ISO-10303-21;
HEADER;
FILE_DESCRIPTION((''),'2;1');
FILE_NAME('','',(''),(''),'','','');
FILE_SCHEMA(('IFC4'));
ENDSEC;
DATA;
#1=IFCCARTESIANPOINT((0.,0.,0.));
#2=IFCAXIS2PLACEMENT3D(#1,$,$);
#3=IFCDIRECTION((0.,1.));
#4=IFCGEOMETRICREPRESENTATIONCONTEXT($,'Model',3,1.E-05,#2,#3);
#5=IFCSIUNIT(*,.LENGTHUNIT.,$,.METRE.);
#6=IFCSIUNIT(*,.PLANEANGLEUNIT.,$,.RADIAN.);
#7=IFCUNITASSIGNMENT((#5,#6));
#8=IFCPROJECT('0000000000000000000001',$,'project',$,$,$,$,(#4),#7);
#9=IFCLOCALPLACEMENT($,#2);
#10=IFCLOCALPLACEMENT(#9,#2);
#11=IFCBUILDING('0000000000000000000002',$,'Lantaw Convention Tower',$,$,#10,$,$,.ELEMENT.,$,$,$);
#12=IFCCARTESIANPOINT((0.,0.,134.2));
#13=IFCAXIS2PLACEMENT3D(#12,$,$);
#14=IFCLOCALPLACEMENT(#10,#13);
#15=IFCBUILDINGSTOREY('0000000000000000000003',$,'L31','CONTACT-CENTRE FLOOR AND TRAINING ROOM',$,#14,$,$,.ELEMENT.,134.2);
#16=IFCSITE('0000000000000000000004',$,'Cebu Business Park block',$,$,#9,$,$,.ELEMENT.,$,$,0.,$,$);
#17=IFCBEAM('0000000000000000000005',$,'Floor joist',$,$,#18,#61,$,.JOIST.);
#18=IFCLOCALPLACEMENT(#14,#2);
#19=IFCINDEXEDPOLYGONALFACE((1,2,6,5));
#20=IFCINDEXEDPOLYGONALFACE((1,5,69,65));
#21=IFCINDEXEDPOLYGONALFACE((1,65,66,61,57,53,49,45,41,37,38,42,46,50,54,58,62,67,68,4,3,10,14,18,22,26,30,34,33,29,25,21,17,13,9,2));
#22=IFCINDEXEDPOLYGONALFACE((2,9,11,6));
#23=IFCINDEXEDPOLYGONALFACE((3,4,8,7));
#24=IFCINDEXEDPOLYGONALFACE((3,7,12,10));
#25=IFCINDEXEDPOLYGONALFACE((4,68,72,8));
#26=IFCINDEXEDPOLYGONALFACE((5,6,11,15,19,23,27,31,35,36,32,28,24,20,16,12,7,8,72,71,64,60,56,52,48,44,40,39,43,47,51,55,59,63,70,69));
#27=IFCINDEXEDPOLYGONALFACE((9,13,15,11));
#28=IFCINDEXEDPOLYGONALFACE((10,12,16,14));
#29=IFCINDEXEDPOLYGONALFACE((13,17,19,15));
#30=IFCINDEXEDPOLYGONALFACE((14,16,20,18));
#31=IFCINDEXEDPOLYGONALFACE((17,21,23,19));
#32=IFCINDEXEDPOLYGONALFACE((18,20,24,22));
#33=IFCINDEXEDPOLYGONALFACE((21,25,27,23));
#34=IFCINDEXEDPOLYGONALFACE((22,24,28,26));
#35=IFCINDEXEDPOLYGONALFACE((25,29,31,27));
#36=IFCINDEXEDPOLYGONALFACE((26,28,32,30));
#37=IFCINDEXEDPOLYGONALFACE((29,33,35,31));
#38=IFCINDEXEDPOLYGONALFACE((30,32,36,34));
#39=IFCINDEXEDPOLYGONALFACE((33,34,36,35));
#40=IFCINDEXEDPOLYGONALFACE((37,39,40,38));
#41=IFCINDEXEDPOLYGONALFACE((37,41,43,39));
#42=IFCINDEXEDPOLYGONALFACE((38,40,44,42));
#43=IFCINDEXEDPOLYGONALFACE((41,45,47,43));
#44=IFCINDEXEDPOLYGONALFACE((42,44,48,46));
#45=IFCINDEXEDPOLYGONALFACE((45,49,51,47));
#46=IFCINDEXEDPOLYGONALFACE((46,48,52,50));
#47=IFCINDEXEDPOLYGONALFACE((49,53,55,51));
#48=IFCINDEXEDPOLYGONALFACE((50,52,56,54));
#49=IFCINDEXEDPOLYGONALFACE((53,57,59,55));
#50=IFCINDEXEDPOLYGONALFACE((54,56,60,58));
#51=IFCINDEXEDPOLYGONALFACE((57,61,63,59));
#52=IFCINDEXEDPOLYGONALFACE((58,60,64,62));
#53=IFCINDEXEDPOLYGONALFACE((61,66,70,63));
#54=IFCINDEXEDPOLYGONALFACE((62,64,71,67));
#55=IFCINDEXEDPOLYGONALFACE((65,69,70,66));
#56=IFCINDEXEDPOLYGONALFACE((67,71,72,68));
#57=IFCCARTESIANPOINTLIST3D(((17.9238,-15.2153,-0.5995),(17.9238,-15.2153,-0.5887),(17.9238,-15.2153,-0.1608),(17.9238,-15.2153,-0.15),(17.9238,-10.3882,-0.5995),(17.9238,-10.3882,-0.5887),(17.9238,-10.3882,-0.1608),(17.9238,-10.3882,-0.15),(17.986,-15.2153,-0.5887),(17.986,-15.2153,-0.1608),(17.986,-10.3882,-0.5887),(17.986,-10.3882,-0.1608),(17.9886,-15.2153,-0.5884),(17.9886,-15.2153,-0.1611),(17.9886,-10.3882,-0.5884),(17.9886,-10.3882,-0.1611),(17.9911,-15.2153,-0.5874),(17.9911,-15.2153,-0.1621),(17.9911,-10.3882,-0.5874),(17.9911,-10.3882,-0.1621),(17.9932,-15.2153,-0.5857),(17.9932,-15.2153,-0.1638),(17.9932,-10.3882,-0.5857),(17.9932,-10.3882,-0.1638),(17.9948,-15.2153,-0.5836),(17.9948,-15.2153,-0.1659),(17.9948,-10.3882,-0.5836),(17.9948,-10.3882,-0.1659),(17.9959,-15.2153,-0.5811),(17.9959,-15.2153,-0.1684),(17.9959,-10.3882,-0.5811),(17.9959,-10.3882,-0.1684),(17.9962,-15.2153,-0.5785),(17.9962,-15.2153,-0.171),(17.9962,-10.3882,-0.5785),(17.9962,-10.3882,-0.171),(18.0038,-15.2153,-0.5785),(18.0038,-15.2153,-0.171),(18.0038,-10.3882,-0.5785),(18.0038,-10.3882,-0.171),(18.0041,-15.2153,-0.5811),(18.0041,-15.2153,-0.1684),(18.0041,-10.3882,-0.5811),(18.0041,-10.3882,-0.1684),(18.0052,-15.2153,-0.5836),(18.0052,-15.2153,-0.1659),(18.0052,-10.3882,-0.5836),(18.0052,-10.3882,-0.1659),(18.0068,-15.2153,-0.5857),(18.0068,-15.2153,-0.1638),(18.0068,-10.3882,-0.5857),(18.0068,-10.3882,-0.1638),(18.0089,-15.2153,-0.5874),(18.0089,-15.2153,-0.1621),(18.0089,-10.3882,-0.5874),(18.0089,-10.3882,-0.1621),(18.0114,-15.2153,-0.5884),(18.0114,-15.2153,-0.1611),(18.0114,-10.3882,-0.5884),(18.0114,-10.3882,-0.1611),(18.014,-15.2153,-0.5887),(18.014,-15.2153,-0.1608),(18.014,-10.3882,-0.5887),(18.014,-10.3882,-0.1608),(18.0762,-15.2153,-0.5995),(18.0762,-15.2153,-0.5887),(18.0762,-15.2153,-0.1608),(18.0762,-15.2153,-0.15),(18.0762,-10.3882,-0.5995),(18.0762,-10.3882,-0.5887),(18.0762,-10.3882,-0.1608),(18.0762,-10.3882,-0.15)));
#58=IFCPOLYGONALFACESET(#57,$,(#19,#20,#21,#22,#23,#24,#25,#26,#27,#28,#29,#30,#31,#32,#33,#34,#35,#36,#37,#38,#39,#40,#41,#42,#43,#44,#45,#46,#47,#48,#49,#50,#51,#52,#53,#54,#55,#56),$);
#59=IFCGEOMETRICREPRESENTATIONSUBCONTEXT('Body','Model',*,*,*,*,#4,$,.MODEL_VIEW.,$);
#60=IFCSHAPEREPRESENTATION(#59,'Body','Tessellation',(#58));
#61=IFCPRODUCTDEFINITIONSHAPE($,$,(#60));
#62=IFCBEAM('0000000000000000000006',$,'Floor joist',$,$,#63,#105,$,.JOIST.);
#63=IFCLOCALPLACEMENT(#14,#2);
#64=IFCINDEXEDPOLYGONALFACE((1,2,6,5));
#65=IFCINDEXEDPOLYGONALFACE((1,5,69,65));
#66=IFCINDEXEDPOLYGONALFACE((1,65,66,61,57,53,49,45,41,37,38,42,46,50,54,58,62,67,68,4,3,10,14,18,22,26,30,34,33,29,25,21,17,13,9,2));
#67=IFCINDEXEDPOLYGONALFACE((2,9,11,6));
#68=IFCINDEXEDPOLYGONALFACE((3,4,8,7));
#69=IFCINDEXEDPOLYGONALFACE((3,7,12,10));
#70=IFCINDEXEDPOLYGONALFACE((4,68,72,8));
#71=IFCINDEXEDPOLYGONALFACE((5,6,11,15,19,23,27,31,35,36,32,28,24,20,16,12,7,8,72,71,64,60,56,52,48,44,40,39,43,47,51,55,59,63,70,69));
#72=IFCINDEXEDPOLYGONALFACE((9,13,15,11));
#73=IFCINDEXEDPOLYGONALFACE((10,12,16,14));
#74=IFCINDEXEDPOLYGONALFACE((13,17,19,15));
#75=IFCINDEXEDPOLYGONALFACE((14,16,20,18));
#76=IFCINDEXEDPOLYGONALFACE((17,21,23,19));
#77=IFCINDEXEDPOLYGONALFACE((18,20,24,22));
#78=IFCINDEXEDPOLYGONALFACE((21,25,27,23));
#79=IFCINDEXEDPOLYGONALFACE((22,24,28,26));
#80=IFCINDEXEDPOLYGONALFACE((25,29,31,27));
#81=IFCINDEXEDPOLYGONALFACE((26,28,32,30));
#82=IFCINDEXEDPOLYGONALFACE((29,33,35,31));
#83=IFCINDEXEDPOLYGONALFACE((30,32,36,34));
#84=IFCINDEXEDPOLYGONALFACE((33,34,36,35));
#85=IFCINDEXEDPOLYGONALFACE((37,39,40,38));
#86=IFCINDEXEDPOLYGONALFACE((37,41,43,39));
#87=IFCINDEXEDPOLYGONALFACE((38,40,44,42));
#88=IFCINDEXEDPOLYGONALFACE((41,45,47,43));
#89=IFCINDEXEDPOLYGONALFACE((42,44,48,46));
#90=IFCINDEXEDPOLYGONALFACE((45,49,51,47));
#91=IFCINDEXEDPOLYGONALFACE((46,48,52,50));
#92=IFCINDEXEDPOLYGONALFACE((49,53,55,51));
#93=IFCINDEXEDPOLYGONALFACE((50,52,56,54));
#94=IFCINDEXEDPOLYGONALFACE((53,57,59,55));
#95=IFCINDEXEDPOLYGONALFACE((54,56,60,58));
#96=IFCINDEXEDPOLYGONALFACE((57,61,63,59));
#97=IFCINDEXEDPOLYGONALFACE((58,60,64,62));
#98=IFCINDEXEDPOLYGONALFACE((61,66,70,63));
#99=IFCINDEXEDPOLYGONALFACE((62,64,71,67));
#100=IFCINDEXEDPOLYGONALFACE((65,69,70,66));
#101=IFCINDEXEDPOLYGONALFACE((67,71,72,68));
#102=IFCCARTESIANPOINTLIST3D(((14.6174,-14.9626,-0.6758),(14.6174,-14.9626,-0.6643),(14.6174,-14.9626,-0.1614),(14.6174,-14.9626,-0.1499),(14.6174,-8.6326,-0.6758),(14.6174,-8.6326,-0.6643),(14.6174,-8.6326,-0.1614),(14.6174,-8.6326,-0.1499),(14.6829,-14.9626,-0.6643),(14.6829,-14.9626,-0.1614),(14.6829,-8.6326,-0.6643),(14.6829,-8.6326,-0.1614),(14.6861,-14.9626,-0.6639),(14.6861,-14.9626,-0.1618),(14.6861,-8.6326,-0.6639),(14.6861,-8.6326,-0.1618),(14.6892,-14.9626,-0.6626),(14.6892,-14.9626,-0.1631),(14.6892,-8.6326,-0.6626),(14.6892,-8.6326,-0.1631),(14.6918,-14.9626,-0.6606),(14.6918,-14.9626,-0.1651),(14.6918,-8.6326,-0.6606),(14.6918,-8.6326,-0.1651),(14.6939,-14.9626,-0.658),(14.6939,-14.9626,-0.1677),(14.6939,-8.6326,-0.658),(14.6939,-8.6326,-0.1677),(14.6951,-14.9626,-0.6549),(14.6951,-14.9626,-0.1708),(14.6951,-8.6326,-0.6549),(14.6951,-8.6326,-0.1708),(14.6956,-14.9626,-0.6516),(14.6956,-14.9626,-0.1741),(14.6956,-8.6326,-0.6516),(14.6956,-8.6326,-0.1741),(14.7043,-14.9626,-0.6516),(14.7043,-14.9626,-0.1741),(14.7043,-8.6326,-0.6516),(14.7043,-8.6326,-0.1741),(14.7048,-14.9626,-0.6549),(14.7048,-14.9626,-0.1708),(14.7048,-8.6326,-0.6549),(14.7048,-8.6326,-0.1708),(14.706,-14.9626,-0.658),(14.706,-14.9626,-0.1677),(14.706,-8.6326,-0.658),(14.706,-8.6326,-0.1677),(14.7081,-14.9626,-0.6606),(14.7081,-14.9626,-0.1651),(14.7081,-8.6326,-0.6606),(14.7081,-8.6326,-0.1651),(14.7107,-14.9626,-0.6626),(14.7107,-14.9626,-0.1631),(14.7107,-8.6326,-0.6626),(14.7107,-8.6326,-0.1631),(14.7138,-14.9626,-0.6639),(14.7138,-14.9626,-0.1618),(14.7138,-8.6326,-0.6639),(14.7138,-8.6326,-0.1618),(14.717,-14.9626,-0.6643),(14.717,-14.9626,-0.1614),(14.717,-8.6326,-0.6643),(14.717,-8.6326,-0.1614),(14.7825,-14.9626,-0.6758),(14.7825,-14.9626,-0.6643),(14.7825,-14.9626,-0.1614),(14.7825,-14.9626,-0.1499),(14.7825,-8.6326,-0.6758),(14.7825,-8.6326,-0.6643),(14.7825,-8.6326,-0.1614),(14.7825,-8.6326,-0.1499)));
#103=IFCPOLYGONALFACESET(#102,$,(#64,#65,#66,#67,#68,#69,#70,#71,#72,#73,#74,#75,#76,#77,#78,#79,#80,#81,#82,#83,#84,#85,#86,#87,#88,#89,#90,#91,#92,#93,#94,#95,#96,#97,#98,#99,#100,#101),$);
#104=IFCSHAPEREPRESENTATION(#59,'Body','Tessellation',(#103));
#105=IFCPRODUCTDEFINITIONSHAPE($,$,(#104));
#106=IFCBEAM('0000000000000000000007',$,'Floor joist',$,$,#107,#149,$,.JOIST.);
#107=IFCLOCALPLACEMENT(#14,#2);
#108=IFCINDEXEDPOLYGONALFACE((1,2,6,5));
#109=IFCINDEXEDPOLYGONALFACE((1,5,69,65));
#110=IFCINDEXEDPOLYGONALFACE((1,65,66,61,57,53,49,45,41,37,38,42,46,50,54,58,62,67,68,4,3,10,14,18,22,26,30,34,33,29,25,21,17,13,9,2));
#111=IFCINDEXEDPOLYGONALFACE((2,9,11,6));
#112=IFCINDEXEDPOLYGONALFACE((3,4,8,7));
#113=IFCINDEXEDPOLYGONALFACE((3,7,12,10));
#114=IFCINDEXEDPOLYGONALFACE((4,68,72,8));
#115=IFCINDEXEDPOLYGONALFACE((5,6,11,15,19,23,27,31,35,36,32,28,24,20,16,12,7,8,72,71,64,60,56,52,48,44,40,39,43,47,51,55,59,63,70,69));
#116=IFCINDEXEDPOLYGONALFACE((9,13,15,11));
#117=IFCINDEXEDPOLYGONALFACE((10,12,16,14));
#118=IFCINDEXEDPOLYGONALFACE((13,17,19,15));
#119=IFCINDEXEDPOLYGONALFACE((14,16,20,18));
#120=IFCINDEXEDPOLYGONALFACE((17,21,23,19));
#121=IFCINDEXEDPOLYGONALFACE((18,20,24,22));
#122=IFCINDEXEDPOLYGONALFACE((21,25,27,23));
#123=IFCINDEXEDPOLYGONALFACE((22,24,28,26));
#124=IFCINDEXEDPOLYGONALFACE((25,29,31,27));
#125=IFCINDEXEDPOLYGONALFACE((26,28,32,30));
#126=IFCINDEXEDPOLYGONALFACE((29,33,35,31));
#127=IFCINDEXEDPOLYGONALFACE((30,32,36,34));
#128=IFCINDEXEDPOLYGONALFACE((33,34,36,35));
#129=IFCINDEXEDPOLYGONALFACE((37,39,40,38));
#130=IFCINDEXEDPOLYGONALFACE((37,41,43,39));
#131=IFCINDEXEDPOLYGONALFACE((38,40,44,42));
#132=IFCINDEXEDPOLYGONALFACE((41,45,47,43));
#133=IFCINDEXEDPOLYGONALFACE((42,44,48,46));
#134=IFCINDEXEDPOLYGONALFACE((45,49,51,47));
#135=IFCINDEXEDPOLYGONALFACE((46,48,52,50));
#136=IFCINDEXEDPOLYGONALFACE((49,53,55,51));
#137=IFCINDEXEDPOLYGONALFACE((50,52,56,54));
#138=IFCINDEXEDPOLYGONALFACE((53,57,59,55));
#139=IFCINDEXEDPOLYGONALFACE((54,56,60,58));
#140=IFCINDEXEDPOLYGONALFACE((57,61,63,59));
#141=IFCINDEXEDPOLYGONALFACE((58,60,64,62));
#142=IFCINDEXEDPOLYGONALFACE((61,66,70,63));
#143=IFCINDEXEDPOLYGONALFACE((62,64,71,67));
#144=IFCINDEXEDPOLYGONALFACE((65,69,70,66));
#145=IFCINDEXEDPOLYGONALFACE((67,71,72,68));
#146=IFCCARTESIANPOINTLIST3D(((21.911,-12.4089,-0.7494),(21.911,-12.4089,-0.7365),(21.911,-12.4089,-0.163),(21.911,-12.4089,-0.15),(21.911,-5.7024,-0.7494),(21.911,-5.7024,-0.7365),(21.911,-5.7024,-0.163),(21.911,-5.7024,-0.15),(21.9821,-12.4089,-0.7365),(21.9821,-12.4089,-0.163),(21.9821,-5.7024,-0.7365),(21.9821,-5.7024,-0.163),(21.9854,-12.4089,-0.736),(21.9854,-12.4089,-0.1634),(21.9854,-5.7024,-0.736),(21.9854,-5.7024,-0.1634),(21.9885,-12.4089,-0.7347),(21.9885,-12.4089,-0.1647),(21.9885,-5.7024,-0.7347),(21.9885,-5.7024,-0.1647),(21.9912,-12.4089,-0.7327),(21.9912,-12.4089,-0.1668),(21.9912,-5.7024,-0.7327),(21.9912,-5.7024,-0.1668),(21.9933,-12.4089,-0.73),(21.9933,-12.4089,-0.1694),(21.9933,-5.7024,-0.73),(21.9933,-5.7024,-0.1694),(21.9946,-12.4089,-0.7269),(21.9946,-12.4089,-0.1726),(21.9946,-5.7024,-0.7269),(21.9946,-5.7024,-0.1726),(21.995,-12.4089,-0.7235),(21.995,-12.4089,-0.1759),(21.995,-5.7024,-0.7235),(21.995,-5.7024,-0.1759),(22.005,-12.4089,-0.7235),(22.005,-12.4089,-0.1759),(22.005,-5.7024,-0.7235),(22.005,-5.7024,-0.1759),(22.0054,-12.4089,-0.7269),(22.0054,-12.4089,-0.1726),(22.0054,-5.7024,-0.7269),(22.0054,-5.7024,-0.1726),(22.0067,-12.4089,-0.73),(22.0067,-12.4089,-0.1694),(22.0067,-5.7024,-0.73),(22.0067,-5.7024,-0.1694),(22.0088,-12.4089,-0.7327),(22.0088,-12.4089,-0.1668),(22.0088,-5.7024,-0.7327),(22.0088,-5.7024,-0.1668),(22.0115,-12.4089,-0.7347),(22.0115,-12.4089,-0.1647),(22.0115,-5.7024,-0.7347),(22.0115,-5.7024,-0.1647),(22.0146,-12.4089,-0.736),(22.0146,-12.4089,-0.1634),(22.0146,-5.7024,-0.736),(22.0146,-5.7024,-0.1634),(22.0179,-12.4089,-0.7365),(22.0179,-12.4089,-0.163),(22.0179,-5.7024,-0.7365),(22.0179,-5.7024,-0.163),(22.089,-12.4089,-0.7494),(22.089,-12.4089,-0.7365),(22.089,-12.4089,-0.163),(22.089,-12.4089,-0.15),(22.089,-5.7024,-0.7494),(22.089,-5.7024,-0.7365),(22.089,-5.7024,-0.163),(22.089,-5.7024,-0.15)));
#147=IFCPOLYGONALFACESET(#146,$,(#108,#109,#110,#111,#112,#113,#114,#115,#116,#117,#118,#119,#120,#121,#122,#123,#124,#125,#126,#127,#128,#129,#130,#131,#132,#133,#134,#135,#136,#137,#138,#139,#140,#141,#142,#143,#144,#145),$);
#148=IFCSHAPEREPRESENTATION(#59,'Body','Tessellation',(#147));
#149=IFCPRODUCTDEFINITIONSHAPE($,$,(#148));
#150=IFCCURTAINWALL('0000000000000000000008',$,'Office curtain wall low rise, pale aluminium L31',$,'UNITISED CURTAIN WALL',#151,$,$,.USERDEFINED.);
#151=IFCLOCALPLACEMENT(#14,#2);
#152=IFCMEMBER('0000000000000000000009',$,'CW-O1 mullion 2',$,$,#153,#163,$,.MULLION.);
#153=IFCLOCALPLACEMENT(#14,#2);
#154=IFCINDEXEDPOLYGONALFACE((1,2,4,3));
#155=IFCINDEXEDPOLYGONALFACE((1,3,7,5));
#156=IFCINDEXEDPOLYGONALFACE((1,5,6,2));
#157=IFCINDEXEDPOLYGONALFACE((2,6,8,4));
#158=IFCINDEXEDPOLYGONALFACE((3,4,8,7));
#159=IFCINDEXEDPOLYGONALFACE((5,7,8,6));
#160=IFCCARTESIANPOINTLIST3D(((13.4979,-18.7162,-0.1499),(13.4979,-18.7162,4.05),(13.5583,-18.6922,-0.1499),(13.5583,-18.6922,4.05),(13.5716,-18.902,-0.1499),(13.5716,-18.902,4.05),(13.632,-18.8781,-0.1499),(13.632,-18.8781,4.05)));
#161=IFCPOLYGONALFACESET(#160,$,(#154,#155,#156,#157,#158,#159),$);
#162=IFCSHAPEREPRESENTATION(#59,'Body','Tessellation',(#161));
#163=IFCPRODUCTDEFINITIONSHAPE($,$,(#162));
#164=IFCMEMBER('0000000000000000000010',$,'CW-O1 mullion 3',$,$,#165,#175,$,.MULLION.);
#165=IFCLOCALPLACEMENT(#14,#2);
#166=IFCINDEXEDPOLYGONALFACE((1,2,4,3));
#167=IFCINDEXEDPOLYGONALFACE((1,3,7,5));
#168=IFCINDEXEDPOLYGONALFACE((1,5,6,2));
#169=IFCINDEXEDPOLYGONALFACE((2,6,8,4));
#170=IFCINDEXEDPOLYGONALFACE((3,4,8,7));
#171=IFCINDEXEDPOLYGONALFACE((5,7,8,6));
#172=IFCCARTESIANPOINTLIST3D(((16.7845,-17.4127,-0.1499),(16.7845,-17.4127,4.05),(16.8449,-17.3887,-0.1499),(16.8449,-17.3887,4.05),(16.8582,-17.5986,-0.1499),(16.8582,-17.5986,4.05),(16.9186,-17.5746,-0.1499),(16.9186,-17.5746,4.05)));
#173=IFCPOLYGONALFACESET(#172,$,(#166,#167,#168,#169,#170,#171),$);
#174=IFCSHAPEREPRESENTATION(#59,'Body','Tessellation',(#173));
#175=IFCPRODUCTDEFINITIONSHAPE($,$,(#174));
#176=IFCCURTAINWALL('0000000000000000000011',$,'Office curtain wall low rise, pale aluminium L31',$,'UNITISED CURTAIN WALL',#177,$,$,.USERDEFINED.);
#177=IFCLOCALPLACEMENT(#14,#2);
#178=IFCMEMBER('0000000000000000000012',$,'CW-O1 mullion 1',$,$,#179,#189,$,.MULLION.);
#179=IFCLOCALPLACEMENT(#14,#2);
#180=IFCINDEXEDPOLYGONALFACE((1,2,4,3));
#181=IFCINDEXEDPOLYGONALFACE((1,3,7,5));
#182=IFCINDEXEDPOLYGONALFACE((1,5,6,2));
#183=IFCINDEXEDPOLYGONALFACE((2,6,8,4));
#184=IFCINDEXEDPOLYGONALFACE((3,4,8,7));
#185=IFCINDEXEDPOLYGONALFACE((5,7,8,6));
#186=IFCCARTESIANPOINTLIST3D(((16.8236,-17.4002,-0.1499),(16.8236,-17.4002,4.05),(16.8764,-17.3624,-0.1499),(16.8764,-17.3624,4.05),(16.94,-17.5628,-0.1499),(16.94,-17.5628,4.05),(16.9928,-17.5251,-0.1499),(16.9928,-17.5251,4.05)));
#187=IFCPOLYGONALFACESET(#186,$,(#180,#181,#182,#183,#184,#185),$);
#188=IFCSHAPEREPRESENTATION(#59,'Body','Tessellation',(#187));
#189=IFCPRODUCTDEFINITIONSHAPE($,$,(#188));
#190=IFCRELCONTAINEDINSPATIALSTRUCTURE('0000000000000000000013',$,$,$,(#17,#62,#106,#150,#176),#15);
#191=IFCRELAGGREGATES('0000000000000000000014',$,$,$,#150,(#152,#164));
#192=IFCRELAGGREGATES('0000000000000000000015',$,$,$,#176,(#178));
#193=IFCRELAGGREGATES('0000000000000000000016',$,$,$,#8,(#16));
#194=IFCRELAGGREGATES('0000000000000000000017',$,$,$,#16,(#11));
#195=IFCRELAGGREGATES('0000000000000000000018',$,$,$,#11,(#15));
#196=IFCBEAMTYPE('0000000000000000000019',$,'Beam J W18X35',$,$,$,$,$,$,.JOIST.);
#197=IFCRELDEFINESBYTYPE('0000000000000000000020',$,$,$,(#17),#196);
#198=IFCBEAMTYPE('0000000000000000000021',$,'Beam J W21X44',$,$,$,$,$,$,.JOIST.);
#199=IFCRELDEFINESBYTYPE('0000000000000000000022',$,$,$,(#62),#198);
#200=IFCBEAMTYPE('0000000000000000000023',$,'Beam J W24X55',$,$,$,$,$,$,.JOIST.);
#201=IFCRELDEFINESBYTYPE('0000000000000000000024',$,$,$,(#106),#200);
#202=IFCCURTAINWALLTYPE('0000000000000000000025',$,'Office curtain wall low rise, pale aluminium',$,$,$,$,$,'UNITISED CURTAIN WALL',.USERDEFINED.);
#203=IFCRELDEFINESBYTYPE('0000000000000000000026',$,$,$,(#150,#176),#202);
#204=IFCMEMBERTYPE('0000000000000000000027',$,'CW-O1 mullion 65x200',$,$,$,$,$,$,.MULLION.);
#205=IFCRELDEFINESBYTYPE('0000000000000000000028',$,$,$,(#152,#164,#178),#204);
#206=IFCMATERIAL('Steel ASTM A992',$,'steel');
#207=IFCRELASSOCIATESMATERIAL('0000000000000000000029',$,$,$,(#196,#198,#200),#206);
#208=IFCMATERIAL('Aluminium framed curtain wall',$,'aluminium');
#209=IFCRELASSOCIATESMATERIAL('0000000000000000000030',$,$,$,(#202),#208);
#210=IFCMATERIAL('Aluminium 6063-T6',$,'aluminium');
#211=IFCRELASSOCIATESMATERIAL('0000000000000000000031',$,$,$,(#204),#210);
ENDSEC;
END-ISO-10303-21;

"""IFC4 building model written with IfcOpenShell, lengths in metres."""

from ifc_helpers import new_model, si_unit, direction, frame, origin, origin_2d, place, context, subcontext, project, spatial, rectangle, i_section, extrude, material, material_profile, profile_set, type_object, element, aggregate, save


model = new_model("IFC4")

# Units and contexts
model_context = context("Model", 3, precision=1e-05, world=origin(), true_north=direction((0.0, 1.0)))
body_context = subcontext(model_context, "Body", "Model", "MODEL_VIEW")
ifc_project = project(units=[si_unit("LENGTHUNIT", "METRE"), si_unit("PLANEANGLEUNIT", "RADIAN")], contexts=[model_context])

# Site, building, storey
site_placement = place(None, origin())
site = spatial("IfcSite", under=ifc_project, at=site_placement, Name="Cebu Business Park block", CompositionType="ELEMENT", RefElevation=0.0)
building_placement = place(site_placement, origin())
building = spatial("IfcBuilding", under=site, at=building_placement, Name="Lantaw Convention Tower", CompositionType="ELEMENT")
storey_placement = place(building_placement, frame((0.0, 0.0, 134.2)))
storey = spatial("IfcBuildingStorey", under=building, at=storey_placement, Name="L31", Description="CONTACT-CENTRE FLOOR AND TRAINING ROOM", CompositionType="ELEMENT", Elevation=134.2)

# Beams
ifc_material_1 = material(Name="Steel ASTM A992", Category="steel")
ifc_material_profile_1 = material_profile(ifc_material_1, i_section(OverallWidth=0.1523, OverallDepth=0.4495, WebThickness=0.0076, FlangeThickness=0.0107, FilletRadius=0.0103, at=origin_2d()), Name="W18X35")
ifc_profile_set_1 = profile_set([ifc_material_profile_1], Name="Steel ASTM A992")
beam_type_1 = type_object("IfcBeamType", Name="Beam J W18X35", PredefinedType="JOIST", material=ifc_profile_set_1)
beam_1_placement = place(storey_placement, frame((18.0, -15.2153, -0.3748), z_axis=(0.0, 1.0, 0.0), x_axis=(-1.0, 0.0, 0.0)))
element("IfcBeam", 1, at=beam_1_placement, inside=storey, type_object=beam_type_1, Name="Floor joist", PredefinedType="JOIST", context=body_context, shape_type="SweptSolid", body=[
    extrude(i_section(OverallWidth=0.1523, OverallDepth=0.4495, WebThickness=0.0076, FlangeThickness=0.0107, FilletRadius=0.0103, at=origin_2d()), origin(), (0.0, 0.0, 1.0), 4.8271),
])
ifc_material_profile_2 = material_profile(ifc_material_1, i_section(OverallWidth=0.165, OverallDepth=0.5259, WebThickness=0.0088, FlangeThickness=0.0115, FilletRadius=0.0127, at=origin_2d()), Name="W21X44")
ifc_profile_set_2 = profile_set([ifc_material_profile_2], Name="Steel ASTM A992")
beam_type_2 = type_object("IfcBeamType", Name="Beam J W21X44", PredefinedType="JOIST", material=ifc_profile_set_2)
beam_2_placement = place(storey_placement, frame((14.7, -14.9626, -0.4128), z_axis=(0.0, 1.0, 0.0), x_axis=(-1.0, 0.0, 0.0)))
element("IfcBeam", 2, at=beam_2_placement, inside=storey, type_object=beam_type_2, Name="Floor joist", PredefinedType="JOIST", context=body_context, shape_type="SweptSolid", body=[
    extrude(i_section(OverallWidth=0.165, OverallDepth=0.5259, WebThickness=0.0088, FlangeThickness=0.0115, FilletRadius=0.0127, at=origin_2d()), origin(), (0.0, 0.0, 1.0), 6.3301),
])
ifc_material_profile_3 = material_profile(ifc_material_1, i_section(OverallWidth=0.178, OverallDepth=0.5994, WebThickness=0.01, FlangeThickness=0.0129, FilletRadius=0.0129, at=origin_2d()), Name="W24X55")
ifc_profile_set_3 = profile_set([ifc_material_profile_3], Name="Steel ASTM A992")
beam_type_3 = type_object("IfcBeamType", Name="Beam J W24X55", PredefinedType="JOIST", material=ifc_profile_set_3)
beam_3_placement = place(storey_placement, frame((22.0, -12.4089, -0.4497), z_axis=(0.0, 1.0, 0.0), x_axis=(-1.0, 0.0, 0.0)))
element("IfcBeam", 3, at=beam_3_placement, inside=storey, type_object=beam_type_3, Name="Floor joist", PredefinedType="JOIST", context=body_context, shape_type="SweptSolid", body=[
    extrude(i_section(OverallWidth=0.178, OverallDepth=0.5994, WebThickness=0.01, FlangeThickness=0.0129, FilletRadius=0.0129, at=origin_2d()), origin(), (0.0, 0.0, 1.0), 6.7065),
])

# Curtain walls, members
ifc_material_2 = material(Name="Aluminium framed curtain wall", Category="aluminium")
curtain_wall_type = type_object("IfcCurtainWallType", Name="Office curtain wall low rise, pale aluminium", ElementType="UNITISED CURTAIN WALL", PredefinedType="USERDEFINED", material=ifc_material_2)
curtain_wall_1_placement = place(storey_placement, origin())
curtain_wall_1 = element("IfcCurtainWall", 4, at=curtain_wall_1_placement, inside=storey, type_object=curtain_wall_type, Name="Office curtain wall low rise, pale aluminium L31", ObjectType="UNITISED CURTAIN WALL", PredefinedType="USERDEFINED")
ifc_material_3 = material(Name="Aluminium 6063-T6", Category="aluminium")
ifc_material_profile_4 = material_profile(ifc_material_3, rectangle(XDim=0.2, YDim=0.0649, at=origin_2d()), Name="CW-O1 mullion 65x200")
ifc_profile_set_4 = profile_set([ifc_material_profile_4], Name="Aluminium 6063-T6")
member_type_1 = type_object("IfcMemberType", Name="CW-O1 mullion 65x200", PredefinedType="MULLION", material=ifc_profile_set_4)
member_1_placement = place(storey_placement, frame((13.5649, -18.7971, -0.1499), z_axis=(0.0, 0.0, 1.0), x_axis=(-0.368702, 0.929548, 0.0)))
member_1 = element("IfcMember", 5, at=member_1_placement, type_object=member_type_1, Name="CW-O1 mullion 2", PredefinedType="MULLION", context=body_context, shape_type="SweptSolid", body=[
    extrude(rectangle(XDim=0.2, YDim=0.0649, at=origin_2d()), origin(), (0.0, 0.0, 1.0), 4.2),
])
member_2_placement = place(storey_placement, frame((16.8516, -17.4937, -0.1499), z_axis=(0.0, 0.0, 1.0), x_axis=(-0.368702, 0.929548, 0.0)))
member_2 = element("IfcMember", 6, at=member_2_placement, type_object=member_type_1, Name="CW-O1 mullion 3", PredefinedType="MULLION", context=body_context, shape_type="SweptSolid", body=[
    extrude(rectangle(XDim=0.2, YDim=0.0649, at=origin_2d()), origin(), (0.0, 0.0, 1.0), 4.2),
])
curtain_wall_2_placement = place(storey_placement, origin())
curtain_wall_2 = element("IfcCurtainWall", 7, at=curtain_wall_2_placement, inside=storey, type_object=curtain_wall_type, Name="Office curtain wall low rise, pale aluminium L31", ObjectType="UNITISED CURTAIN WALL", PredefinedType="USERDEFINED")
member_3_placement = place(storey_placement, frame((16.9082, -17.4626, -0.1499), z_axis=(0.0, 0.0, 1.0), x_axis=(-0.581973, 0.813208, 0.0)))
member_3 = element("IfcMember", 8, at=member_3_placement, type_object=member_type_1, Name="CW-O1 mullion 1", PredefinedType="MULLION", context=body_context, shape_type="SweptSolid", body=[
    extrude(rectangle(XDim=0.2, YDim=0.0649, at=origin_2d()), origin(), (0.0, 0.0, 1.0), 4.2),
])

aggregate(curtain_wall_1, [member_1, member_2])
aggregate(curtain_wall_2, [member_3])

save(model, "model.ifc")
